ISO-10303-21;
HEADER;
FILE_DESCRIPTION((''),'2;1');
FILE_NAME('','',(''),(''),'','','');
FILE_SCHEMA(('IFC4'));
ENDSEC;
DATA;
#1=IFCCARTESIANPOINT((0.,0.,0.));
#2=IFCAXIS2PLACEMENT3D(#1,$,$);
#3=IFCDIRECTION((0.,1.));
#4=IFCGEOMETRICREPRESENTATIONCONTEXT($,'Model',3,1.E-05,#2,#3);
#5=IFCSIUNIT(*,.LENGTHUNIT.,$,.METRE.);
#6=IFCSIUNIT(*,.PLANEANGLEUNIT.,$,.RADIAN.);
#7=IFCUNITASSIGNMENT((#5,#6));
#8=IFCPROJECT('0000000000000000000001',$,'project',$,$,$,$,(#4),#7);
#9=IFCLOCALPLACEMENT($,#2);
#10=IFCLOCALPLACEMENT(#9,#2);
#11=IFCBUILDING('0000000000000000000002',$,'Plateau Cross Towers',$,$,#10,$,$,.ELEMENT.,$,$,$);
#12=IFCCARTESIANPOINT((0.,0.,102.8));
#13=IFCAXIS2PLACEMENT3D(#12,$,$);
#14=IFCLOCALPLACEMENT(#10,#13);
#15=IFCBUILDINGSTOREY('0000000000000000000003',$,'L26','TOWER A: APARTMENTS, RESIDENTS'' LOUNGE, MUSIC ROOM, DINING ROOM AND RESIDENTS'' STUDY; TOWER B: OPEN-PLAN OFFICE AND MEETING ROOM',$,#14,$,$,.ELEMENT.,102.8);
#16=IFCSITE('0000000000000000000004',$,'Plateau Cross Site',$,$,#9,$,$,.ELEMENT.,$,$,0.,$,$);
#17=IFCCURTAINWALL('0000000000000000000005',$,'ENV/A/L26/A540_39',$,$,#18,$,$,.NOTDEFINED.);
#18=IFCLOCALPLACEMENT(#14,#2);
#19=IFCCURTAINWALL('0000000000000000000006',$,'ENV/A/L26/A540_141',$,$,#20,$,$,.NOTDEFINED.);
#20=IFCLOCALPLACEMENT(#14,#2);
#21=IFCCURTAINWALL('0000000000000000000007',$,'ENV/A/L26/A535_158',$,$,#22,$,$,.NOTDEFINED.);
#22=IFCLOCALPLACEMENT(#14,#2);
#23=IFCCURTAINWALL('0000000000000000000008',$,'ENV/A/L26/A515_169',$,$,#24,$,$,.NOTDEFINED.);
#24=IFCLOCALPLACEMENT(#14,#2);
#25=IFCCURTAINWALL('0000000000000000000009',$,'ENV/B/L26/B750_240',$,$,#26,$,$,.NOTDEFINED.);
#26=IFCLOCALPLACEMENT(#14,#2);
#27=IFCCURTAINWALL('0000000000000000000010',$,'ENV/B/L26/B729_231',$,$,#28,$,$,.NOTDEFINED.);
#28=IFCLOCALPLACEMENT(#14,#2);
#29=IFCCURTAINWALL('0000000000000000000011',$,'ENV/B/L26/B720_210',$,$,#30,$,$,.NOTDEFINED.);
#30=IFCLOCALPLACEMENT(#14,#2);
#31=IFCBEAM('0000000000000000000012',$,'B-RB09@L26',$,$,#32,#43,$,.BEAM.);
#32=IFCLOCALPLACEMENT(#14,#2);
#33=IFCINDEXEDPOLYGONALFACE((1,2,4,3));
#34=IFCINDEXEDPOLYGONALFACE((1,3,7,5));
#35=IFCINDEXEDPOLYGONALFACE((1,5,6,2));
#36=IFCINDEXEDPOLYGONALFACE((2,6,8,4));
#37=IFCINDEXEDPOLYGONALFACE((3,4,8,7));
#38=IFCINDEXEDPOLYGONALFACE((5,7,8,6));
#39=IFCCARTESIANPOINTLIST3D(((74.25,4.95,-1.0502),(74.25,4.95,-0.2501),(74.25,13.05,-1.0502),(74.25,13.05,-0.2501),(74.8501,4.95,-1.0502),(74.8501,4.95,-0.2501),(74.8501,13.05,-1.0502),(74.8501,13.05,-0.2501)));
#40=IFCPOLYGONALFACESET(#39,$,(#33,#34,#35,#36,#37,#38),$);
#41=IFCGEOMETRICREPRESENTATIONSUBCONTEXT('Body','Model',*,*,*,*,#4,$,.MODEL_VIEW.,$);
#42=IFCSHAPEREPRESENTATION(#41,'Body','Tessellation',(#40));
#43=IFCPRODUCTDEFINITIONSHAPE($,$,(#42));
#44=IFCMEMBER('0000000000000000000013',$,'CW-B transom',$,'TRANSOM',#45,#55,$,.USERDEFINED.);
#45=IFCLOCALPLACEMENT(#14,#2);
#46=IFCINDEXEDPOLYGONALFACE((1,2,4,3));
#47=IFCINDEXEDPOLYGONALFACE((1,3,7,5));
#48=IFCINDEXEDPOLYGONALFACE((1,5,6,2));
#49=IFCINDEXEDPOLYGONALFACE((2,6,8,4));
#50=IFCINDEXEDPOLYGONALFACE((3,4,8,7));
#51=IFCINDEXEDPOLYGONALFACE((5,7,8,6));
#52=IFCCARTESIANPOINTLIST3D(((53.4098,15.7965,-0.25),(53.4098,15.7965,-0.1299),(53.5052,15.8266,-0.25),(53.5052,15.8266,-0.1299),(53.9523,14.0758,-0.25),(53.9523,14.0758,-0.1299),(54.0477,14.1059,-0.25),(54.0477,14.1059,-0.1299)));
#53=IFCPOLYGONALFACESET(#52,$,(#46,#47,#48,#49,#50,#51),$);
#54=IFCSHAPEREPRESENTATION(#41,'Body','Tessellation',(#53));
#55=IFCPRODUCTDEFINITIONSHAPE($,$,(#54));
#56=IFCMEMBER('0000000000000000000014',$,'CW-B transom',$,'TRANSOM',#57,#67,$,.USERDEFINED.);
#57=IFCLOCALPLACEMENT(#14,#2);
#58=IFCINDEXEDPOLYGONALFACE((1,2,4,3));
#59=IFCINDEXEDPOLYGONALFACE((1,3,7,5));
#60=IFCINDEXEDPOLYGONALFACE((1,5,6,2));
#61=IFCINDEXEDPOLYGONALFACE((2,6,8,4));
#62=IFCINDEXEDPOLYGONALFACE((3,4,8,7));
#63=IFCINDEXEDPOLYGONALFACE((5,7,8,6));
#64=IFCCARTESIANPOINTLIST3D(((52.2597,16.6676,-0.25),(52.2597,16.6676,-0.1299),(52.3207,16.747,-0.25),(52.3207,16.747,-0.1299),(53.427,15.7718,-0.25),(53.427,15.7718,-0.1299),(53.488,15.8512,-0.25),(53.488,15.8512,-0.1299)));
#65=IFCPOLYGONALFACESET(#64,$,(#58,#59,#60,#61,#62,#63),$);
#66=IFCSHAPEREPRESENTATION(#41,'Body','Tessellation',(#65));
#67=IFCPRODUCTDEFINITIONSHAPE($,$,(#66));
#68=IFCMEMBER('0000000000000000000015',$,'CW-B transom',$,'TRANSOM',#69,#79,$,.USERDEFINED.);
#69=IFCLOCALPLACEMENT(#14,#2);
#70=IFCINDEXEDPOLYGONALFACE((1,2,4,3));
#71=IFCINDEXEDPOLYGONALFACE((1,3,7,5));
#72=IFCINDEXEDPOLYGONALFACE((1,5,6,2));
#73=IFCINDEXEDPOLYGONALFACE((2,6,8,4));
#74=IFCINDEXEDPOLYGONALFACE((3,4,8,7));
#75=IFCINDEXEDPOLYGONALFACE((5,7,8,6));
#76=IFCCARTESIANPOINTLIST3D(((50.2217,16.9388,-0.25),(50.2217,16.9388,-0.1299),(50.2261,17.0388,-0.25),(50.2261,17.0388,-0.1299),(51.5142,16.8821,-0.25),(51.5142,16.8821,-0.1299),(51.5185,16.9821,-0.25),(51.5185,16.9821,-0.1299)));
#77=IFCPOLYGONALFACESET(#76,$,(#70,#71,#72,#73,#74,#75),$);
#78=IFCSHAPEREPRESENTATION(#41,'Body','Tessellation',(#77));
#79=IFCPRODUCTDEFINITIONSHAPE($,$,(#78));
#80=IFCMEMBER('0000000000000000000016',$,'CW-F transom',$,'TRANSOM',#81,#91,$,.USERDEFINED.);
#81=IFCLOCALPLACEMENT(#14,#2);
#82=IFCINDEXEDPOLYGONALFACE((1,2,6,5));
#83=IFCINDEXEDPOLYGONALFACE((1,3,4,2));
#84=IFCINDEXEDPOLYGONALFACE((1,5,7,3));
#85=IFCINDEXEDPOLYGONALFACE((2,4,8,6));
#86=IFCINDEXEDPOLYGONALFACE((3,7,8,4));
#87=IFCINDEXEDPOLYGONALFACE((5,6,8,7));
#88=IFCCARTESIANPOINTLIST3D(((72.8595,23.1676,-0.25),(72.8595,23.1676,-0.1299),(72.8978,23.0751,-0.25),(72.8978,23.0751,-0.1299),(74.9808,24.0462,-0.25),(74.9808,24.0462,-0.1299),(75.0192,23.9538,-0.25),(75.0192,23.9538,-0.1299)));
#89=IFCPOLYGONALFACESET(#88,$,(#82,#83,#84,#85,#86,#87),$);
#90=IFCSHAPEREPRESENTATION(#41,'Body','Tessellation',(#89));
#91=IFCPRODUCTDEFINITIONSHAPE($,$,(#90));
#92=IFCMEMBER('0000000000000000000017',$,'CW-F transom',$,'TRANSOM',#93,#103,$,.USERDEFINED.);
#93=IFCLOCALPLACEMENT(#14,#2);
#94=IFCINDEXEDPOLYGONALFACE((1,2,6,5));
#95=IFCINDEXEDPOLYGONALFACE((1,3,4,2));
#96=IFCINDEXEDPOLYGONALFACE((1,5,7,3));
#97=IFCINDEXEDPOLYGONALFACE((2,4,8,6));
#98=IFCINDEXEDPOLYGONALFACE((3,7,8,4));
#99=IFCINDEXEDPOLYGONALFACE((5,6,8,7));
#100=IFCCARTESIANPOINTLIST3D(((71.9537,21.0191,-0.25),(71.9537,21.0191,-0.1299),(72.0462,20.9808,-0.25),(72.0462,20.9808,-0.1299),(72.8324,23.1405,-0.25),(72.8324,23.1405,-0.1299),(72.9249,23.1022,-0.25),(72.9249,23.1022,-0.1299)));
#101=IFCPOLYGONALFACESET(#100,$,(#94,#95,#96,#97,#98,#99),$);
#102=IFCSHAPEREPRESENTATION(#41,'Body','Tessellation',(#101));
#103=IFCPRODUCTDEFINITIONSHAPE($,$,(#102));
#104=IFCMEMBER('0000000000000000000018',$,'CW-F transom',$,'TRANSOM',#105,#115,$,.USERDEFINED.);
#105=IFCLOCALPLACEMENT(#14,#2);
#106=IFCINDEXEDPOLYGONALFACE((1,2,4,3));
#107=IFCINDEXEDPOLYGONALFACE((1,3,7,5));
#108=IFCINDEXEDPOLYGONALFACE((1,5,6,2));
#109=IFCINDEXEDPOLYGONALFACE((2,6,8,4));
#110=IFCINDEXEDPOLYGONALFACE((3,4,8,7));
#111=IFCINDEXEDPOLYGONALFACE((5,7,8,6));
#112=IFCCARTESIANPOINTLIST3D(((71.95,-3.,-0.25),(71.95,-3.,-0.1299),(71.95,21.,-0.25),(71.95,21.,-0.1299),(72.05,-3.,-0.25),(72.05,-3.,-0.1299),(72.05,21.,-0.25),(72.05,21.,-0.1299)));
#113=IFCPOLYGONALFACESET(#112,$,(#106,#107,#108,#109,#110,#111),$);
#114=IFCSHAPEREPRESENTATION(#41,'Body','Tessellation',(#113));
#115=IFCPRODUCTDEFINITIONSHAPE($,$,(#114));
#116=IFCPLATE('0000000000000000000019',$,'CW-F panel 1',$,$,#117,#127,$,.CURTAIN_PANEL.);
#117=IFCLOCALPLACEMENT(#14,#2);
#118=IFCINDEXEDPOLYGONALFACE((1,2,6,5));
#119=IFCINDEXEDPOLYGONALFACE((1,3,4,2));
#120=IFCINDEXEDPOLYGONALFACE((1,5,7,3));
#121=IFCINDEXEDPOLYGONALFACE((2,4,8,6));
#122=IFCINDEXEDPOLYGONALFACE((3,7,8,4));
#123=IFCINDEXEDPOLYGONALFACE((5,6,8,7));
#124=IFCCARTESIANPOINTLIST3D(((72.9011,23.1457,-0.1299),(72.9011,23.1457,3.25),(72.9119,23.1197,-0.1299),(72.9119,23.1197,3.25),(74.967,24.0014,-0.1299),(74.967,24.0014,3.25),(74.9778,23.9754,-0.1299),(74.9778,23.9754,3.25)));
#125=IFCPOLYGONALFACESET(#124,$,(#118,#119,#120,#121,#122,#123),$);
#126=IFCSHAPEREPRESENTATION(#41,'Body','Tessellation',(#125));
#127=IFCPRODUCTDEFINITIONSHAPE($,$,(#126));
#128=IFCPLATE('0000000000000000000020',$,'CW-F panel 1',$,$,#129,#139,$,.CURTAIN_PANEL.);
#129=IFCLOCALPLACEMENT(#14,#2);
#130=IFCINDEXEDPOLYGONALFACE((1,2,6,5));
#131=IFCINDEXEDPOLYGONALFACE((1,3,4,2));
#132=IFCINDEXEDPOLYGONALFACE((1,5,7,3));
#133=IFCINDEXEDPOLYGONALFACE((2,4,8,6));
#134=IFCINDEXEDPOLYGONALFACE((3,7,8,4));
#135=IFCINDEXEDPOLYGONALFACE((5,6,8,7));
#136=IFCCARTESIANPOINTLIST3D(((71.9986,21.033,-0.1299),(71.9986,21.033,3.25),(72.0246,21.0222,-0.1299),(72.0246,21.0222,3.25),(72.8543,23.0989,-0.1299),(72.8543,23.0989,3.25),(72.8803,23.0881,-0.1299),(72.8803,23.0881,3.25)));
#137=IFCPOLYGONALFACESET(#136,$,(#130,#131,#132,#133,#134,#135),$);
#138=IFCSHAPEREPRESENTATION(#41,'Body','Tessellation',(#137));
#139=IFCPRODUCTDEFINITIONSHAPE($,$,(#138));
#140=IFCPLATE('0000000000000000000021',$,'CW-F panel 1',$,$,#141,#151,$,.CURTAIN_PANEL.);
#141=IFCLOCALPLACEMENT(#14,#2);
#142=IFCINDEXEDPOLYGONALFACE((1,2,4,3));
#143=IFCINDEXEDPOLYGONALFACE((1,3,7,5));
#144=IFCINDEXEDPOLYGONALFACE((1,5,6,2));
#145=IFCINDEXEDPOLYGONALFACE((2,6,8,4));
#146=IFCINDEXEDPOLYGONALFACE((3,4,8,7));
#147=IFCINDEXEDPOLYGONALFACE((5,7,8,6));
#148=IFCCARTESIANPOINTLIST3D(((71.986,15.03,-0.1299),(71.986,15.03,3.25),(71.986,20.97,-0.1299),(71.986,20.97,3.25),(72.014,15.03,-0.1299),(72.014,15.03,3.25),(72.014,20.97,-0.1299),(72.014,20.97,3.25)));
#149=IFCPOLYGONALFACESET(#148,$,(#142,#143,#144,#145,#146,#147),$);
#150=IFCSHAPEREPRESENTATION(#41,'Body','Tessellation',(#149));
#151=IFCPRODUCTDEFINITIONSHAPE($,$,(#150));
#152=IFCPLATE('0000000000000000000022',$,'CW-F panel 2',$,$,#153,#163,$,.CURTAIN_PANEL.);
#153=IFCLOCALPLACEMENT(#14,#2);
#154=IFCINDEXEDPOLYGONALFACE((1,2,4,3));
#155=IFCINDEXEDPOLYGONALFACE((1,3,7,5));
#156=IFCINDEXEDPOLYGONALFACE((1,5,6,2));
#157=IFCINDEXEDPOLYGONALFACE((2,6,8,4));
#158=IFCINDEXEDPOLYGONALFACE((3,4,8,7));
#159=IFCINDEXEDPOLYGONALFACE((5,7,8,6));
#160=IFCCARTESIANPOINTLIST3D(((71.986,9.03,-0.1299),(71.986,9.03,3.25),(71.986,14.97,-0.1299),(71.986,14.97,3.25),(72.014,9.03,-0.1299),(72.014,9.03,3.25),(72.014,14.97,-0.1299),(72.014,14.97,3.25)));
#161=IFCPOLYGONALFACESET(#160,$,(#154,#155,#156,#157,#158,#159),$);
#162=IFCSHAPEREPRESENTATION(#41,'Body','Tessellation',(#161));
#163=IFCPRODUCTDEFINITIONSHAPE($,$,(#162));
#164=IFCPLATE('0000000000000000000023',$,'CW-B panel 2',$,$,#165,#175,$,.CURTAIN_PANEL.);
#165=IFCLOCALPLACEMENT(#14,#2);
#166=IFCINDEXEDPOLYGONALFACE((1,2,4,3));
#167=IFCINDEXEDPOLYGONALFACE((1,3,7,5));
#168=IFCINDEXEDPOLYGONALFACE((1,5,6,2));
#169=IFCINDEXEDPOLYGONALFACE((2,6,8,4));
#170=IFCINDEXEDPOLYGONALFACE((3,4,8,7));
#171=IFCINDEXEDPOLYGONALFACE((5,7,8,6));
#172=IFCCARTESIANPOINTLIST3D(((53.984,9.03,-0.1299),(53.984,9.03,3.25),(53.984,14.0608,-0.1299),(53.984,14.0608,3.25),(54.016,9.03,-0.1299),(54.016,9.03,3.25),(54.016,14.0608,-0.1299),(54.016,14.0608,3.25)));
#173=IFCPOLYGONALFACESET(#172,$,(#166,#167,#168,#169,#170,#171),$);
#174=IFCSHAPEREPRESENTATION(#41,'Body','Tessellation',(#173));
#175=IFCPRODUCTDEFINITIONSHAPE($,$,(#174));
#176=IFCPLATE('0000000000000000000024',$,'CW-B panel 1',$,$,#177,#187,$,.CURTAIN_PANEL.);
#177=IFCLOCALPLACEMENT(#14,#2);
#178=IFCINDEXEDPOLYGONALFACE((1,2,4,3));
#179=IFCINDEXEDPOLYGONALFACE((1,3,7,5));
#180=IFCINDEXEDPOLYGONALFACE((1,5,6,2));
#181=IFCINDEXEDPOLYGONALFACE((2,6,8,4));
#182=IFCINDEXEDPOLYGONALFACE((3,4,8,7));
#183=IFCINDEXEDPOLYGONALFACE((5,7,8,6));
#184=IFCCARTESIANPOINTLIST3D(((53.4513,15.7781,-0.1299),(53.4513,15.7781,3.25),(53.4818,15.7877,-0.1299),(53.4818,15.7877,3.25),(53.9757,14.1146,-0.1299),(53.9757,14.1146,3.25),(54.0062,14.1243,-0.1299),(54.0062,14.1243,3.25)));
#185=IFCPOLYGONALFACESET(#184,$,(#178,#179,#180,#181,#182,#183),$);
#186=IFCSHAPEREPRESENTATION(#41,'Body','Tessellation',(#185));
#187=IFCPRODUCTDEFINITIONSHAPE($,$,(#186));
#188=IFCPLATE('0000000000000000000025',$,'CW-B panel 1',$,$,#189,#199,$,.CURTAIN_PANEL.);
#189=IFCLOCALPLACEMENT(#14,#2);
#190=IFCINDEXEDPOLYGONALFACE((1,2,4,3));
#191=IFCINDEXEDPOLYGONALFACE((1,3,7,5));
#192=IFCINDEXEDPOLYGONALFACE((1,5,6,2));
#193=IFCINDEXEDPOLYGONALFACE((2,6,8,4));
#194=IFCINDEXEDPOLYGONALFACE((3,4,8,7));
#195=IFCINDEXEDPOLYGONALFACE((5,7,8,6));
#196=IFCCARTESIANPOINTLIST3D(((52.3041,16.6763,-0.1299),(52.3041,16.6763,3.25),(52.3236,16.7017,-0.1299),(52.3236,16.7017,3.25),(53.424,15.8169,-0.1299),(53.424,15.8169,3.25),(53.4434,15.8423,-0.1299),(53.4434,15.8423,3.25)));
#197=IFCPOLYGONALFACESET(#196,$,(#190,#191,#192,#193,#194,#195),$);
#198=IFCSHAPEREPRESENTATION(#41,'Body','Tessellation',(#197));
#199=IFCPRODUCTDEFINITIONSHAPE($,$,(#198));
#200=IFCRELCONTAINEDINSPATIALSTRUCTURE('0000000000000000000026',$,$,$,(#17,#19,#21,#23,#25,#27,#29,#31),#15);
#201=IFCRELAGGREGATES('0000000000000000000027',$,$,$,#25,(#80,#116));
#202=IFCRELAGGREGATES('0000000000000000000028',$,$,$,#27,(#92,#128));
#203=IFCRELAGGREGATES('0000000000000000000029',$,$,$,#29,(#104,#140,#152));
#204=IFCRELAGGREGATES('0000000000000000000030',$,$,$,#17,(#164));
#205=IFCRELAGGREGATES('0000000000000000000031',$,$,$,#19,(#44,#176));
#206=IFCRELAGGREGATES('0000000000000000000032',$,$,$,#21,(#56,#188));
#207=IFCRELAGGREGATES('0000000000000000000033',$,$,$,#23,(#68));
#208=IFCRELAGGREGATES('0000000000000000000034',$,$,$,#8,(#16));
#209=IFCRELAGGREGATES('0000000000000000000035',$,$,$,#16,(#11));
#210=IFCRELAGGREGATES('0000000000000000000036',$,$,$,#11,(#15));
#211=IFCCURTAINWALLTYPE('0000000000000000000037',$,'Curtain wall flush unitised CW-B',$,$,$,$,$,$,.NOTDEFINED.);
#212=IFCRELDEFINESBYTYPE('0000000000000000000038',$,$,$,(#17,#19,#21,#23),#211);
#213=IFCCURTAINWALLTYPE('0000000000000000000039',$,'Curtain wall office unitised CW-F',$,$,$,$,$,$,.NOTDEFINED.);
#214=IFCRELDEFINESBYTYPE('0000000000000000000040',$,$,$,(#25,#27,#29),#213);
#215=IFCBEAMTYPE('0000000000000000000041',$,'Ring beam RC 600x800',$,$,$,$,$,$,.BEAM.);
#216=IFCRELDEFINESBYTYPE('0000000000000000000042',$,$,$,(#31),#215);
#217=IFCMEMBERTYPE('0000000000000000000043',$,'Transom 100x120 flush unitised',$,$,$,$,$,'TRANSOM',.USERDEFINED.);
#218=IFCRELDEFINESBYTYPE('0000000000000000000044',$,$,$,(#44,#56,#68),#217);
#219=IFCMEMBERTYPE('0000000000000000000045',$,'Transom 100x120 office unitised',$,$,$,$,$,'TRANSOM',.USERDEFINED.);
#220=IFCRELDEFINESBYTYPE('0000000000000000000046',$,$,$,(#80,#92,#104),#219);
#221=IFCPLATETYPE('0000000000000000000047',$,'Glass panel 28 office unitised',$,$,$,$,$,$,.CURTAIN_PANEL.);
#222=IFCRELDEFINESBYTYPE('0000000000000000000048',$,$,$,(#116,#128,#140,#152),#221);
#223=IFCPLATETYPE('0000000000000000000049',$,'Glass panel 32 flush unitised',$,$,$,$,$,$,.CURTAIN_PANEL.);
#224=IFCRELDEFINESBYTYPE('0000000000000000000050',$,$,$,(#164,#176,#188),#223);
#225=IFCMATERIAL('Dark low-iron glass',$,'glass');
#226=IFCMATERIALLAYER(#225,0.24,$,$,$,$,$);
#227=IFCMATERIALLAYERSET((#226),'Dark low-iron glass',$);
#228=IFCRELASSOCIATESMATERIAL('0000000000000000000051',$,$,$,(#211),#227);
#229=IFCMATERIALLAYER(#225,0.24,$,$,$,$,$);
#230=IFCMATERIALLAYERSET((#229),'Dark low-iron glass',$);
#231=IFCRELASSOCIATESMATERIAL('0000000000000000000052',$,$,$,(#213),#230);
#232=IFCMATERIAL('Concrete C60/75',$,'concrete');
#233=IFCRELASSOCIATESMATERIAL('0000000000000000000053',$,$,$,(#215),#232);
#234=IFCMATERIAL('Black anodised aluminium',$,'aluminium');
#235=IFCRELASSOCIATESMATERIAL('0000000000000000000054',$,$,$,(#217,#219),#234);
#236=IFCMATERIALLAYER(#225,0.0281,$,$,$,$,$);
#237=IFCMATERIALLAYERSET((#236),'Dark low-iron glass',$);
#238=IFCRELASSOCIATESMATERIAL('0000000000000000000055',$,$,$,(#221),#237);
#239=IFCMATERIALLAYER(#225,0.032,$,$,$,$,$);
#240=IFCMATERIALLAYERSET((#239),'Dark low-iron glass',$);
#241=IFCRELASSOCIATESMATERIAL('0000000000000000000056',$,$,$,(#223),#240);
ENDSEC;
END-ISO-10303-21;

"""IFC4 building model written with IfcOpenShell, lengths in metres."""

from ifc_helpers import new_model, si_unit, direction, frame, origin, origin_2d, place, context, subcontext, project, spatial, rectangle, extrude, material, layer, layer_set, material_profile, profile_set, type_object, element, aggregate, save


model = new_model("IFC4")

# Units and contexts
model_context = context("Model", 3, precision=1e-05, world=origin(), true_north=direction((0.0, 1.0)))
body_context = subcontext(model_context, "Body", "Model", "MODEL_VIEW")
ifc_project = project(units=[si_unit("LENGTHUNIT", "METRE"), si_unit("PLANEANGLEUNIT", "RADIAN")], contexts=[model_context])

# Site, building, storey
site_placement = place(None, origin())
site = spatial("IfcSite", under=ifc_project, at=site_placement, Name="Plateau Cross Site", CompositionType="ELEMENT", RefElevation=0.0)
building_placement = place(site_placement, origin())
building = spatial("IfcBuilding", under=site, at=building_placement, Name="Plateau Cross Towers", CompositionType="ELEMENT")
storey_placement = place(building_placement, frame((0.0, 0.0, 102.8)))
storey = spatial("IfcBuildingStorey", under=building, at=storey_placement, Name="L26", Description="TOWER A: APARTMENTS, RESIDENTS' LOUNGE, MUSIC ROOM, DINING ROOM AND RESIDENTS' STUDY; TOWER B: OPEN-PLAN OFFICE AND MEETING ROOM", CompositionType="ELEMENT", Elevation=102.8)

# Shared definitions
ifc_material_1 = material(Name="Concrete C60/75", Category="concrete")

# Curtain walls
ifc_material_2 = material(Name="Dark low-iron glass", Category="glass")
ifc_layer_1 = layer(ifc_material_2, 0.24)
ifc_layer_set_1 = layer_set([ifc_layer_1], Name="Dark low-iron glass")
curtain_wall_type_1 = type_object("IfcCurtainWallType", Name="Curtain wall flush unitised CW-B", PredefinedType="NOTDEFINED", material=ifc_layer_set_1)
curtain_wall_1_placement = place(storey_placement, origin())
curtain_wall_1 = element("IfcCurtainWall", 1, at=curtain_wall_1_placement, inside=storey, type_object=curtain_wall_type_1, Name="ENV/A/L26/A540_39", PredefinedType="NOTDEFINED")
ifc_material_3 = material(Name="Black anodised aluminium", Category="aluminium")
curtain_wall_2_placement = place(storey_placement, origin())
curtain_wall_2 = element("IfcCurtainWall", 2, at=curtain_wall_2_placement, inside=storey, type_object=curtain_wall_type_1, Name="ENV/A/L26/A540_141", PredefinedType="NOTDEFINED")

# Curtain wall
curtain_wall_3_placement = place(storey_placement, origin())
curtain_wall_3 = element("IfcCurtainWall", 3, at=curtain_wall_3_placement, inside=storey, type_object=curtain_wall_type_1, Name="ENV/A/L26/A535_158", PredefinedType="NOTDEFINED")

# Curtain walls
curtain_wall_4_placement = place(storey_placement, origin())
curtain_wall_4 = element("IfcCurtainWall", 4, at=curtain_wall_4_placement, inside=storey, type_object=curtain_wall_type_1, Name="ENV/A/L26/A515_169", PredefinedType="NOTDEFINED")
ifc_layer_2 = layer(ifc_material_2, 0.24)
ifc_layer_set_2 = layer_set([ifc_layer_2], Name="Dark low-iron glass")
curtain_wall_type_2 = type_object("IfcCurtainWallType", Name="Curtain wall office unitised CW-F", PredefinedType="NOTDEFINED", material=ifc_layer_set_2)
curtain_wall_5_placement = place(storey_placement, origin())
curtain_wall_5 = element("IfcCurtainWall", 5, at=curtain_wall_5_placement, inside=storey, type_object=curtain_wall_type_2, Name="ENV/B/L26/B750_240", PredefinedType="NOTDEFINED")
curtain_wall_6_placement = place(storey_placement, origin())
curtain_wall_6 = element("IfcCurtainWall", 6, at=curtain_wall_6_placement, inside=storey, type_object=curtain_wall_type_2, Name="ENV/B/L26/B729_231", PredefinedType="NOTDEFINED")

# Curtain wall
curtain_wall_7_placement = place(storey_placement, origin())
curtain_wall_7 = element("IfcCurtainWall", 7, at=curtain_wall_7_placement, inside=storey, type_object=curtain_wall_type_2, Name="ENV/B/L26/B720_210", PredefinedType="NOTDEFINED")

# Beam
ifc_material_profile_1 = material_profile(ifc_material_1, rectangle(XDim=0.6001, YDim=0.8, at=origin_2d()), Name="RC 600x800")
ifc_profile_set_1 = profile_set([ifc_material_profile_1], Name="Concrete C60/75")
beam_type = type_object("IfcBeamType", Name="Ring beam RC 600x800", PredefinedType="BEAM", material=ifc_profile_set_1)
for number, where, z_axis, x_axis, name in (
    (8, (74.55, 13.05, -0.6501), (0.0, -1.0, 0.0), (1.0, 0.0, 0.0), "B-RB09@L26"),
):
    element("IfcBeam", number, at=place(storey_placement, frame(where, z_axis=z_axis, x_axis=x_axis)), inside=storey, type_object=beam_type, Name=name, PredefinedType="BEAM", context=body_context, shape_type="SweptSolid", body=[
        extrude(rectangle(XDim=0.6001, YDim=0.8, at=origin_2d()), origin(), (0.0, 0.0, 1.0), 8.1001),
    ])

# Members
ifc_material_profile_2 = material_profile(ifc_material_3, rectangle(XDim=0.1001, YDim=0.1201, at=origin_2d()), Name="TRANSOM 100x120")
ifc_profile_set_2 = profile_set([ifc_material_profile_2], Name="Black anodised aluminium")
member_type_1 = type_object("IfcMemberType", Name="Transom 100x120 flush unitised", ElementType="TRANSOM", PredefinedType="USERDEFINED", material=ifc_profile_set_2)
member_1_placement = place(storey_placement, frame((54.0, 14.0908, -0.1899), z_axis=(-0.300678, 0.953726, 0.0), x_axis=(-0.953726, -0.300678, 0.0)))
member_1 = element("IfcMember", 9, at=member_1_placement, type_object=member_type_1, Name="CW-B transom", ObjectType="TRANSOM", PredefinedType="USERDEFINED", context=body_context, shape_type="SweptSolid", body=[
    extrude(rectangle(XDim=0.1001, YDim=0.1201, at=origin_2d()), origin(), (0.0, 0.0, 1.0), 1.8042),
])
member_2_placement = place(storey_placement, frame((53.4575, 15.8115, -0.1899), z_axis=(-0.793321, 0.608804, 0.0), x_axis=(-0.608804, -0.793321, 0.0)))
member_2 = element("IfcMember", 10, at=member_2_placement, type_object=member_type_1, Name="CW-B transom", ObjectType="TRANSOM", PredefinedType="USERDEFINED", context=body_context, shape_type="SweptSolid", body=[
    extrude(rectangle(XDim=0.1001, YDim=0.1201, at=origin_2d()), origin(), (0.0, 0.0, 1.0), 1.4714),
])
member_3_placement = place(storey_placement, frame((51.5164, 16.9321, -0.1899), z_axis=(-0.999041, 0.043781, 0.0), x_axis=(-0.043781, -0.999041, 0.0)))
member_3 = element("IfcMember", 11, at=member_3_placement, type_object=member_type_1, Name="CW-B transom", ObjectType="TRANSOM", PredefinedType="USERDEFINED", context=body_context, shape_type="SweptSolid", body=[
    extrude(rectangle(XDim=0.1001, YDim=0.1201, at=origin_2d()), origin(), (0.0, 0.0, 1.0), 1.2937),
])
ifc_material_profile_3 = material_profile(ifc_material_3, rectangle(XDim=0.1001, YDim=0.1201, at=origin_2d()), Name="TRANSOM 100x120")
ifc_profile_set_3 = profile_set([ifc_material_profile_3], Name="Black anodised aluminium")
member_type_2 = type_object("IfcMemberType", Name="Transom 100x120 office unitised", ElementType="TRANSOM", PredefinedType="USERDEFINED", material=ifc_profile_set_3)
member_4_placement = place(storey_placement, frame((75.0, 24.0, -0.1899), z_axis=(-0.923883, -0.382674, 0.0), x_axis=(0.382674, -0.923883, 0.0)))
member_4 = element("IfcMember", 12, at=member_4_placement, type_object=member_type_2, Name="CW-F transom", ObjectType="TRANSOM", PredefinedType="USERDEFINED", context=body_context, shape_type="SweptSolid", body=[
    extrude(rectangle(XDim=0.1001, YDim=0.1201, at=origin_2d()), origin(), (0.0, 0.0, 1.0), 2.2961),
])
member_5_placement = place(storey_placement, frame((72.8787, 23.1213, -0.1899), z_axis=(-0.382674, -0.923883, 0.0), x_axis=(0.923883, -0.382674, 0.0)))
member_5 = element("IfcMember", 13, at=member_5_placement, type_object=member_type_2, Name="CW-F transom", ObjectType="TRANSOM", PredefinedType="USERDEFINED", context=body_context, shape_type="SweptSolid", body=[
    extrude(rectangle(XDim=0.1001, YDim=0.1201, at=origin_2d()), origin(), (0.0, 0.0, 1.0), 2.2961),
])
member_6_placement = place(storey_placement, frame((72.0, 21.0, -0.1899), z_axis=(0.0, -1.0, 0.0), x_axis=(1.0, 0.0, 0.0)))
member_6 = element("IfcMember", 14, at=member_6_placement, type_object=member_type_2, Name="CW-F transom", ObjectType="TRANSOM", PredefinedType="USERDEFINED", context=body_context, shape_type="SweptSolid", body=[
    extrude(rectangle(XDim=0.1001, YDim=0.1201, at=origin_2d()), origin(), (0.0, 0.0, 1.0), 24.0),
])

# Plates
ifc_layer_3 = layer(ifc_material_2, 0.0281)
ifc_layer_set_3 = layer_set([ifc_layer_3], Name="Dark low-iron glass")
plate_type_1 = type_object("IfcPlateType", Name="Glass panel 28 office unitised", PredefinedType="CURTAIN_PANEL", material=ifc_layer_set_3)
plate_1_placement = place(storey_placement, frame((73.9395, 23.5605, -0.1299), z_axis=(0.0, 0.0, 1.0), x_axis=(-0.923879, -0.382684, 0.0)))
plate_1 = element("IfcPlate", 15, at=plate_1_placement, type_object=plate_type_1, Name="CW-F panel 1", PredefinedType="CURTAIN_PANEL", context=body_context, shape_type="SweptSolid", body=[
    extrude(rectangle(XDim=2.2361, YDim=0.0281, at=origin_2d()), origin(), (0.0, 0.0, 1.0), 3.3799),
])
aggregate(curtain_wall_5, [member_4, plate_1])
plate_2_placement = place(storey_placement, frame((72.4395, 22.0605, -0.1299), z_axis=(0.0, 0.0, 1.0), x_axis=(-0.382684, -0.923879, 0.0)))
plate_2 = element("IfcPlate", 16, at=plate_2_placement, type_object=plate_type_1, Name="CW-F panel 1", PredefinedType="CURTAIN_PANEL", context=body_context, shape_type="SweptSolid", body=[
    extrude(rectangle(XDim=2.2361, YDim=0.0281, at=origin_2d()), origin(), (0.0, 0.0, 1.0), 3.3799),
])
aggregate(curtain_wall_6, [member_5, plate_2])
plate_3_placement = place(storey_placement, frame((72.0, 18.0, -0.1299), z_axis=(0.0, 0.0, 1.0), x_axis=(0.0, -1.0, 0.0)))
plate_3 = element("IfcPlate", 17, at=plate_3_placement, type_object=plate_type_1, Name="CW-F panel 1", PredefinedType="CURTAIN_PANEL", context=body_context, shape_type="SweptSolid", body=[
    extrude(rectangle(XDim=5.9399, YDim=0.0281, at=origin_2d()), origin(), (0.0, 0.0, 1.0), 3.3799),
])
plate_4_placement = place(storey_placement, frame((72.0, 12.0, -0.1299), z_axis=(0.0, 0.0, 1.0), x_axis=(0.0, -1.0, 0.0)))
plate_4 = element("IfcPlate", 18, at=plate_4_placement, type_object=plate_type_1, Name="CW-F panel 2", PredefinedType="CURTAIN_PANEL", context=body_context, shape_type="SweptSolid", body=[
    extrude(rectangle(XDim=5.9399, YDim=0.0281, at=origin_2d()), origin(), (0.0, 0.0, 1.0), 3.3799),
])
aggregate(curtain_wall_7, [member_6, plate_3, plate_4])
ifc_layer_4 = layer(ifc_material_2, 0.032)
ifc_layer_set_4 = layer_set([ifc_layer_4], Name="Dark low-iron glass")
plate_type_2 = type_object("IfcPlateType", Name="Glass panel 32 flush unitised", PredefinedType="CURTAIN_PANEL", material=ifc_layer_set_4)
plate_5_placement = place(storey_placement, frame((54.0, 11.5454, -0.1299), z_axis=(0.0, 0.0, 1.0), x_axis=(0.0, 1.0, 0.0)))
plate_5 = element("IfcPlate", 19, at=plate_5_placement, type_object=plate_type_2, Name="CW-B panel 2", PredefinedType="CURTAIN_PANEL", context=body_context, shape_type="SweptSolid", body=[
    extrude(rectangle(XDim=5.0308, YDim=0.032, at=origin_2d()), origin(), (0.0, 0.0, 1.0), 3.3799),
])
aggregate(curtain_wall_1, [plate_5])
plate_6_placement = place(storey_placement, frame((53.7288, 14.9512, -0.1299), z_axis=(0.0, 0.0, 1.0), x_axis=(-0.300686, 0.953723, 0.0)))
plate_6 = element("IfcPlate", 20, at=plate_6_placement, type_object=plate_type_2, Name="CW-B panel 1", PredefinedType="CURTAIN_PANEL", context=body_context, shape_type="SweptSolid", body=[
    extrude(rectangle(XDim=1.7441, YDim=0.032, at=origin_2d()), origin(), (0.0, 0.0, 1.0), 3.3799),
])
aggregate(curtain_wall_2, [member_1, plate_6])
plate_7_placement = place(storey_placement, frame((52.8738, 16.2593, -0.1299), z_axis=(0.0, 0.0, 1.0), x_axis=(-0.793316, 0.608811, 0.0)))
plate_7 = element("IfcPlate", 21, at=plate_7_placement, type_object=plate_type_2, Name="CW-B panel 1", PredefinedType="CURTAIN_PANEL", context=body_context, shape_type="SweptSolid", body=[
    extrude(rectangle(XDim=1.4116, YDim=0.032, at=origin_2d()), origin(), (0.0, 0.0, 1.0), 3.3799),
])
aggregate(curtain_wall_3, [member_2, plate_7])
aggregate(curtain_wall_4, [member_3])

save(model, "model.ifc")
